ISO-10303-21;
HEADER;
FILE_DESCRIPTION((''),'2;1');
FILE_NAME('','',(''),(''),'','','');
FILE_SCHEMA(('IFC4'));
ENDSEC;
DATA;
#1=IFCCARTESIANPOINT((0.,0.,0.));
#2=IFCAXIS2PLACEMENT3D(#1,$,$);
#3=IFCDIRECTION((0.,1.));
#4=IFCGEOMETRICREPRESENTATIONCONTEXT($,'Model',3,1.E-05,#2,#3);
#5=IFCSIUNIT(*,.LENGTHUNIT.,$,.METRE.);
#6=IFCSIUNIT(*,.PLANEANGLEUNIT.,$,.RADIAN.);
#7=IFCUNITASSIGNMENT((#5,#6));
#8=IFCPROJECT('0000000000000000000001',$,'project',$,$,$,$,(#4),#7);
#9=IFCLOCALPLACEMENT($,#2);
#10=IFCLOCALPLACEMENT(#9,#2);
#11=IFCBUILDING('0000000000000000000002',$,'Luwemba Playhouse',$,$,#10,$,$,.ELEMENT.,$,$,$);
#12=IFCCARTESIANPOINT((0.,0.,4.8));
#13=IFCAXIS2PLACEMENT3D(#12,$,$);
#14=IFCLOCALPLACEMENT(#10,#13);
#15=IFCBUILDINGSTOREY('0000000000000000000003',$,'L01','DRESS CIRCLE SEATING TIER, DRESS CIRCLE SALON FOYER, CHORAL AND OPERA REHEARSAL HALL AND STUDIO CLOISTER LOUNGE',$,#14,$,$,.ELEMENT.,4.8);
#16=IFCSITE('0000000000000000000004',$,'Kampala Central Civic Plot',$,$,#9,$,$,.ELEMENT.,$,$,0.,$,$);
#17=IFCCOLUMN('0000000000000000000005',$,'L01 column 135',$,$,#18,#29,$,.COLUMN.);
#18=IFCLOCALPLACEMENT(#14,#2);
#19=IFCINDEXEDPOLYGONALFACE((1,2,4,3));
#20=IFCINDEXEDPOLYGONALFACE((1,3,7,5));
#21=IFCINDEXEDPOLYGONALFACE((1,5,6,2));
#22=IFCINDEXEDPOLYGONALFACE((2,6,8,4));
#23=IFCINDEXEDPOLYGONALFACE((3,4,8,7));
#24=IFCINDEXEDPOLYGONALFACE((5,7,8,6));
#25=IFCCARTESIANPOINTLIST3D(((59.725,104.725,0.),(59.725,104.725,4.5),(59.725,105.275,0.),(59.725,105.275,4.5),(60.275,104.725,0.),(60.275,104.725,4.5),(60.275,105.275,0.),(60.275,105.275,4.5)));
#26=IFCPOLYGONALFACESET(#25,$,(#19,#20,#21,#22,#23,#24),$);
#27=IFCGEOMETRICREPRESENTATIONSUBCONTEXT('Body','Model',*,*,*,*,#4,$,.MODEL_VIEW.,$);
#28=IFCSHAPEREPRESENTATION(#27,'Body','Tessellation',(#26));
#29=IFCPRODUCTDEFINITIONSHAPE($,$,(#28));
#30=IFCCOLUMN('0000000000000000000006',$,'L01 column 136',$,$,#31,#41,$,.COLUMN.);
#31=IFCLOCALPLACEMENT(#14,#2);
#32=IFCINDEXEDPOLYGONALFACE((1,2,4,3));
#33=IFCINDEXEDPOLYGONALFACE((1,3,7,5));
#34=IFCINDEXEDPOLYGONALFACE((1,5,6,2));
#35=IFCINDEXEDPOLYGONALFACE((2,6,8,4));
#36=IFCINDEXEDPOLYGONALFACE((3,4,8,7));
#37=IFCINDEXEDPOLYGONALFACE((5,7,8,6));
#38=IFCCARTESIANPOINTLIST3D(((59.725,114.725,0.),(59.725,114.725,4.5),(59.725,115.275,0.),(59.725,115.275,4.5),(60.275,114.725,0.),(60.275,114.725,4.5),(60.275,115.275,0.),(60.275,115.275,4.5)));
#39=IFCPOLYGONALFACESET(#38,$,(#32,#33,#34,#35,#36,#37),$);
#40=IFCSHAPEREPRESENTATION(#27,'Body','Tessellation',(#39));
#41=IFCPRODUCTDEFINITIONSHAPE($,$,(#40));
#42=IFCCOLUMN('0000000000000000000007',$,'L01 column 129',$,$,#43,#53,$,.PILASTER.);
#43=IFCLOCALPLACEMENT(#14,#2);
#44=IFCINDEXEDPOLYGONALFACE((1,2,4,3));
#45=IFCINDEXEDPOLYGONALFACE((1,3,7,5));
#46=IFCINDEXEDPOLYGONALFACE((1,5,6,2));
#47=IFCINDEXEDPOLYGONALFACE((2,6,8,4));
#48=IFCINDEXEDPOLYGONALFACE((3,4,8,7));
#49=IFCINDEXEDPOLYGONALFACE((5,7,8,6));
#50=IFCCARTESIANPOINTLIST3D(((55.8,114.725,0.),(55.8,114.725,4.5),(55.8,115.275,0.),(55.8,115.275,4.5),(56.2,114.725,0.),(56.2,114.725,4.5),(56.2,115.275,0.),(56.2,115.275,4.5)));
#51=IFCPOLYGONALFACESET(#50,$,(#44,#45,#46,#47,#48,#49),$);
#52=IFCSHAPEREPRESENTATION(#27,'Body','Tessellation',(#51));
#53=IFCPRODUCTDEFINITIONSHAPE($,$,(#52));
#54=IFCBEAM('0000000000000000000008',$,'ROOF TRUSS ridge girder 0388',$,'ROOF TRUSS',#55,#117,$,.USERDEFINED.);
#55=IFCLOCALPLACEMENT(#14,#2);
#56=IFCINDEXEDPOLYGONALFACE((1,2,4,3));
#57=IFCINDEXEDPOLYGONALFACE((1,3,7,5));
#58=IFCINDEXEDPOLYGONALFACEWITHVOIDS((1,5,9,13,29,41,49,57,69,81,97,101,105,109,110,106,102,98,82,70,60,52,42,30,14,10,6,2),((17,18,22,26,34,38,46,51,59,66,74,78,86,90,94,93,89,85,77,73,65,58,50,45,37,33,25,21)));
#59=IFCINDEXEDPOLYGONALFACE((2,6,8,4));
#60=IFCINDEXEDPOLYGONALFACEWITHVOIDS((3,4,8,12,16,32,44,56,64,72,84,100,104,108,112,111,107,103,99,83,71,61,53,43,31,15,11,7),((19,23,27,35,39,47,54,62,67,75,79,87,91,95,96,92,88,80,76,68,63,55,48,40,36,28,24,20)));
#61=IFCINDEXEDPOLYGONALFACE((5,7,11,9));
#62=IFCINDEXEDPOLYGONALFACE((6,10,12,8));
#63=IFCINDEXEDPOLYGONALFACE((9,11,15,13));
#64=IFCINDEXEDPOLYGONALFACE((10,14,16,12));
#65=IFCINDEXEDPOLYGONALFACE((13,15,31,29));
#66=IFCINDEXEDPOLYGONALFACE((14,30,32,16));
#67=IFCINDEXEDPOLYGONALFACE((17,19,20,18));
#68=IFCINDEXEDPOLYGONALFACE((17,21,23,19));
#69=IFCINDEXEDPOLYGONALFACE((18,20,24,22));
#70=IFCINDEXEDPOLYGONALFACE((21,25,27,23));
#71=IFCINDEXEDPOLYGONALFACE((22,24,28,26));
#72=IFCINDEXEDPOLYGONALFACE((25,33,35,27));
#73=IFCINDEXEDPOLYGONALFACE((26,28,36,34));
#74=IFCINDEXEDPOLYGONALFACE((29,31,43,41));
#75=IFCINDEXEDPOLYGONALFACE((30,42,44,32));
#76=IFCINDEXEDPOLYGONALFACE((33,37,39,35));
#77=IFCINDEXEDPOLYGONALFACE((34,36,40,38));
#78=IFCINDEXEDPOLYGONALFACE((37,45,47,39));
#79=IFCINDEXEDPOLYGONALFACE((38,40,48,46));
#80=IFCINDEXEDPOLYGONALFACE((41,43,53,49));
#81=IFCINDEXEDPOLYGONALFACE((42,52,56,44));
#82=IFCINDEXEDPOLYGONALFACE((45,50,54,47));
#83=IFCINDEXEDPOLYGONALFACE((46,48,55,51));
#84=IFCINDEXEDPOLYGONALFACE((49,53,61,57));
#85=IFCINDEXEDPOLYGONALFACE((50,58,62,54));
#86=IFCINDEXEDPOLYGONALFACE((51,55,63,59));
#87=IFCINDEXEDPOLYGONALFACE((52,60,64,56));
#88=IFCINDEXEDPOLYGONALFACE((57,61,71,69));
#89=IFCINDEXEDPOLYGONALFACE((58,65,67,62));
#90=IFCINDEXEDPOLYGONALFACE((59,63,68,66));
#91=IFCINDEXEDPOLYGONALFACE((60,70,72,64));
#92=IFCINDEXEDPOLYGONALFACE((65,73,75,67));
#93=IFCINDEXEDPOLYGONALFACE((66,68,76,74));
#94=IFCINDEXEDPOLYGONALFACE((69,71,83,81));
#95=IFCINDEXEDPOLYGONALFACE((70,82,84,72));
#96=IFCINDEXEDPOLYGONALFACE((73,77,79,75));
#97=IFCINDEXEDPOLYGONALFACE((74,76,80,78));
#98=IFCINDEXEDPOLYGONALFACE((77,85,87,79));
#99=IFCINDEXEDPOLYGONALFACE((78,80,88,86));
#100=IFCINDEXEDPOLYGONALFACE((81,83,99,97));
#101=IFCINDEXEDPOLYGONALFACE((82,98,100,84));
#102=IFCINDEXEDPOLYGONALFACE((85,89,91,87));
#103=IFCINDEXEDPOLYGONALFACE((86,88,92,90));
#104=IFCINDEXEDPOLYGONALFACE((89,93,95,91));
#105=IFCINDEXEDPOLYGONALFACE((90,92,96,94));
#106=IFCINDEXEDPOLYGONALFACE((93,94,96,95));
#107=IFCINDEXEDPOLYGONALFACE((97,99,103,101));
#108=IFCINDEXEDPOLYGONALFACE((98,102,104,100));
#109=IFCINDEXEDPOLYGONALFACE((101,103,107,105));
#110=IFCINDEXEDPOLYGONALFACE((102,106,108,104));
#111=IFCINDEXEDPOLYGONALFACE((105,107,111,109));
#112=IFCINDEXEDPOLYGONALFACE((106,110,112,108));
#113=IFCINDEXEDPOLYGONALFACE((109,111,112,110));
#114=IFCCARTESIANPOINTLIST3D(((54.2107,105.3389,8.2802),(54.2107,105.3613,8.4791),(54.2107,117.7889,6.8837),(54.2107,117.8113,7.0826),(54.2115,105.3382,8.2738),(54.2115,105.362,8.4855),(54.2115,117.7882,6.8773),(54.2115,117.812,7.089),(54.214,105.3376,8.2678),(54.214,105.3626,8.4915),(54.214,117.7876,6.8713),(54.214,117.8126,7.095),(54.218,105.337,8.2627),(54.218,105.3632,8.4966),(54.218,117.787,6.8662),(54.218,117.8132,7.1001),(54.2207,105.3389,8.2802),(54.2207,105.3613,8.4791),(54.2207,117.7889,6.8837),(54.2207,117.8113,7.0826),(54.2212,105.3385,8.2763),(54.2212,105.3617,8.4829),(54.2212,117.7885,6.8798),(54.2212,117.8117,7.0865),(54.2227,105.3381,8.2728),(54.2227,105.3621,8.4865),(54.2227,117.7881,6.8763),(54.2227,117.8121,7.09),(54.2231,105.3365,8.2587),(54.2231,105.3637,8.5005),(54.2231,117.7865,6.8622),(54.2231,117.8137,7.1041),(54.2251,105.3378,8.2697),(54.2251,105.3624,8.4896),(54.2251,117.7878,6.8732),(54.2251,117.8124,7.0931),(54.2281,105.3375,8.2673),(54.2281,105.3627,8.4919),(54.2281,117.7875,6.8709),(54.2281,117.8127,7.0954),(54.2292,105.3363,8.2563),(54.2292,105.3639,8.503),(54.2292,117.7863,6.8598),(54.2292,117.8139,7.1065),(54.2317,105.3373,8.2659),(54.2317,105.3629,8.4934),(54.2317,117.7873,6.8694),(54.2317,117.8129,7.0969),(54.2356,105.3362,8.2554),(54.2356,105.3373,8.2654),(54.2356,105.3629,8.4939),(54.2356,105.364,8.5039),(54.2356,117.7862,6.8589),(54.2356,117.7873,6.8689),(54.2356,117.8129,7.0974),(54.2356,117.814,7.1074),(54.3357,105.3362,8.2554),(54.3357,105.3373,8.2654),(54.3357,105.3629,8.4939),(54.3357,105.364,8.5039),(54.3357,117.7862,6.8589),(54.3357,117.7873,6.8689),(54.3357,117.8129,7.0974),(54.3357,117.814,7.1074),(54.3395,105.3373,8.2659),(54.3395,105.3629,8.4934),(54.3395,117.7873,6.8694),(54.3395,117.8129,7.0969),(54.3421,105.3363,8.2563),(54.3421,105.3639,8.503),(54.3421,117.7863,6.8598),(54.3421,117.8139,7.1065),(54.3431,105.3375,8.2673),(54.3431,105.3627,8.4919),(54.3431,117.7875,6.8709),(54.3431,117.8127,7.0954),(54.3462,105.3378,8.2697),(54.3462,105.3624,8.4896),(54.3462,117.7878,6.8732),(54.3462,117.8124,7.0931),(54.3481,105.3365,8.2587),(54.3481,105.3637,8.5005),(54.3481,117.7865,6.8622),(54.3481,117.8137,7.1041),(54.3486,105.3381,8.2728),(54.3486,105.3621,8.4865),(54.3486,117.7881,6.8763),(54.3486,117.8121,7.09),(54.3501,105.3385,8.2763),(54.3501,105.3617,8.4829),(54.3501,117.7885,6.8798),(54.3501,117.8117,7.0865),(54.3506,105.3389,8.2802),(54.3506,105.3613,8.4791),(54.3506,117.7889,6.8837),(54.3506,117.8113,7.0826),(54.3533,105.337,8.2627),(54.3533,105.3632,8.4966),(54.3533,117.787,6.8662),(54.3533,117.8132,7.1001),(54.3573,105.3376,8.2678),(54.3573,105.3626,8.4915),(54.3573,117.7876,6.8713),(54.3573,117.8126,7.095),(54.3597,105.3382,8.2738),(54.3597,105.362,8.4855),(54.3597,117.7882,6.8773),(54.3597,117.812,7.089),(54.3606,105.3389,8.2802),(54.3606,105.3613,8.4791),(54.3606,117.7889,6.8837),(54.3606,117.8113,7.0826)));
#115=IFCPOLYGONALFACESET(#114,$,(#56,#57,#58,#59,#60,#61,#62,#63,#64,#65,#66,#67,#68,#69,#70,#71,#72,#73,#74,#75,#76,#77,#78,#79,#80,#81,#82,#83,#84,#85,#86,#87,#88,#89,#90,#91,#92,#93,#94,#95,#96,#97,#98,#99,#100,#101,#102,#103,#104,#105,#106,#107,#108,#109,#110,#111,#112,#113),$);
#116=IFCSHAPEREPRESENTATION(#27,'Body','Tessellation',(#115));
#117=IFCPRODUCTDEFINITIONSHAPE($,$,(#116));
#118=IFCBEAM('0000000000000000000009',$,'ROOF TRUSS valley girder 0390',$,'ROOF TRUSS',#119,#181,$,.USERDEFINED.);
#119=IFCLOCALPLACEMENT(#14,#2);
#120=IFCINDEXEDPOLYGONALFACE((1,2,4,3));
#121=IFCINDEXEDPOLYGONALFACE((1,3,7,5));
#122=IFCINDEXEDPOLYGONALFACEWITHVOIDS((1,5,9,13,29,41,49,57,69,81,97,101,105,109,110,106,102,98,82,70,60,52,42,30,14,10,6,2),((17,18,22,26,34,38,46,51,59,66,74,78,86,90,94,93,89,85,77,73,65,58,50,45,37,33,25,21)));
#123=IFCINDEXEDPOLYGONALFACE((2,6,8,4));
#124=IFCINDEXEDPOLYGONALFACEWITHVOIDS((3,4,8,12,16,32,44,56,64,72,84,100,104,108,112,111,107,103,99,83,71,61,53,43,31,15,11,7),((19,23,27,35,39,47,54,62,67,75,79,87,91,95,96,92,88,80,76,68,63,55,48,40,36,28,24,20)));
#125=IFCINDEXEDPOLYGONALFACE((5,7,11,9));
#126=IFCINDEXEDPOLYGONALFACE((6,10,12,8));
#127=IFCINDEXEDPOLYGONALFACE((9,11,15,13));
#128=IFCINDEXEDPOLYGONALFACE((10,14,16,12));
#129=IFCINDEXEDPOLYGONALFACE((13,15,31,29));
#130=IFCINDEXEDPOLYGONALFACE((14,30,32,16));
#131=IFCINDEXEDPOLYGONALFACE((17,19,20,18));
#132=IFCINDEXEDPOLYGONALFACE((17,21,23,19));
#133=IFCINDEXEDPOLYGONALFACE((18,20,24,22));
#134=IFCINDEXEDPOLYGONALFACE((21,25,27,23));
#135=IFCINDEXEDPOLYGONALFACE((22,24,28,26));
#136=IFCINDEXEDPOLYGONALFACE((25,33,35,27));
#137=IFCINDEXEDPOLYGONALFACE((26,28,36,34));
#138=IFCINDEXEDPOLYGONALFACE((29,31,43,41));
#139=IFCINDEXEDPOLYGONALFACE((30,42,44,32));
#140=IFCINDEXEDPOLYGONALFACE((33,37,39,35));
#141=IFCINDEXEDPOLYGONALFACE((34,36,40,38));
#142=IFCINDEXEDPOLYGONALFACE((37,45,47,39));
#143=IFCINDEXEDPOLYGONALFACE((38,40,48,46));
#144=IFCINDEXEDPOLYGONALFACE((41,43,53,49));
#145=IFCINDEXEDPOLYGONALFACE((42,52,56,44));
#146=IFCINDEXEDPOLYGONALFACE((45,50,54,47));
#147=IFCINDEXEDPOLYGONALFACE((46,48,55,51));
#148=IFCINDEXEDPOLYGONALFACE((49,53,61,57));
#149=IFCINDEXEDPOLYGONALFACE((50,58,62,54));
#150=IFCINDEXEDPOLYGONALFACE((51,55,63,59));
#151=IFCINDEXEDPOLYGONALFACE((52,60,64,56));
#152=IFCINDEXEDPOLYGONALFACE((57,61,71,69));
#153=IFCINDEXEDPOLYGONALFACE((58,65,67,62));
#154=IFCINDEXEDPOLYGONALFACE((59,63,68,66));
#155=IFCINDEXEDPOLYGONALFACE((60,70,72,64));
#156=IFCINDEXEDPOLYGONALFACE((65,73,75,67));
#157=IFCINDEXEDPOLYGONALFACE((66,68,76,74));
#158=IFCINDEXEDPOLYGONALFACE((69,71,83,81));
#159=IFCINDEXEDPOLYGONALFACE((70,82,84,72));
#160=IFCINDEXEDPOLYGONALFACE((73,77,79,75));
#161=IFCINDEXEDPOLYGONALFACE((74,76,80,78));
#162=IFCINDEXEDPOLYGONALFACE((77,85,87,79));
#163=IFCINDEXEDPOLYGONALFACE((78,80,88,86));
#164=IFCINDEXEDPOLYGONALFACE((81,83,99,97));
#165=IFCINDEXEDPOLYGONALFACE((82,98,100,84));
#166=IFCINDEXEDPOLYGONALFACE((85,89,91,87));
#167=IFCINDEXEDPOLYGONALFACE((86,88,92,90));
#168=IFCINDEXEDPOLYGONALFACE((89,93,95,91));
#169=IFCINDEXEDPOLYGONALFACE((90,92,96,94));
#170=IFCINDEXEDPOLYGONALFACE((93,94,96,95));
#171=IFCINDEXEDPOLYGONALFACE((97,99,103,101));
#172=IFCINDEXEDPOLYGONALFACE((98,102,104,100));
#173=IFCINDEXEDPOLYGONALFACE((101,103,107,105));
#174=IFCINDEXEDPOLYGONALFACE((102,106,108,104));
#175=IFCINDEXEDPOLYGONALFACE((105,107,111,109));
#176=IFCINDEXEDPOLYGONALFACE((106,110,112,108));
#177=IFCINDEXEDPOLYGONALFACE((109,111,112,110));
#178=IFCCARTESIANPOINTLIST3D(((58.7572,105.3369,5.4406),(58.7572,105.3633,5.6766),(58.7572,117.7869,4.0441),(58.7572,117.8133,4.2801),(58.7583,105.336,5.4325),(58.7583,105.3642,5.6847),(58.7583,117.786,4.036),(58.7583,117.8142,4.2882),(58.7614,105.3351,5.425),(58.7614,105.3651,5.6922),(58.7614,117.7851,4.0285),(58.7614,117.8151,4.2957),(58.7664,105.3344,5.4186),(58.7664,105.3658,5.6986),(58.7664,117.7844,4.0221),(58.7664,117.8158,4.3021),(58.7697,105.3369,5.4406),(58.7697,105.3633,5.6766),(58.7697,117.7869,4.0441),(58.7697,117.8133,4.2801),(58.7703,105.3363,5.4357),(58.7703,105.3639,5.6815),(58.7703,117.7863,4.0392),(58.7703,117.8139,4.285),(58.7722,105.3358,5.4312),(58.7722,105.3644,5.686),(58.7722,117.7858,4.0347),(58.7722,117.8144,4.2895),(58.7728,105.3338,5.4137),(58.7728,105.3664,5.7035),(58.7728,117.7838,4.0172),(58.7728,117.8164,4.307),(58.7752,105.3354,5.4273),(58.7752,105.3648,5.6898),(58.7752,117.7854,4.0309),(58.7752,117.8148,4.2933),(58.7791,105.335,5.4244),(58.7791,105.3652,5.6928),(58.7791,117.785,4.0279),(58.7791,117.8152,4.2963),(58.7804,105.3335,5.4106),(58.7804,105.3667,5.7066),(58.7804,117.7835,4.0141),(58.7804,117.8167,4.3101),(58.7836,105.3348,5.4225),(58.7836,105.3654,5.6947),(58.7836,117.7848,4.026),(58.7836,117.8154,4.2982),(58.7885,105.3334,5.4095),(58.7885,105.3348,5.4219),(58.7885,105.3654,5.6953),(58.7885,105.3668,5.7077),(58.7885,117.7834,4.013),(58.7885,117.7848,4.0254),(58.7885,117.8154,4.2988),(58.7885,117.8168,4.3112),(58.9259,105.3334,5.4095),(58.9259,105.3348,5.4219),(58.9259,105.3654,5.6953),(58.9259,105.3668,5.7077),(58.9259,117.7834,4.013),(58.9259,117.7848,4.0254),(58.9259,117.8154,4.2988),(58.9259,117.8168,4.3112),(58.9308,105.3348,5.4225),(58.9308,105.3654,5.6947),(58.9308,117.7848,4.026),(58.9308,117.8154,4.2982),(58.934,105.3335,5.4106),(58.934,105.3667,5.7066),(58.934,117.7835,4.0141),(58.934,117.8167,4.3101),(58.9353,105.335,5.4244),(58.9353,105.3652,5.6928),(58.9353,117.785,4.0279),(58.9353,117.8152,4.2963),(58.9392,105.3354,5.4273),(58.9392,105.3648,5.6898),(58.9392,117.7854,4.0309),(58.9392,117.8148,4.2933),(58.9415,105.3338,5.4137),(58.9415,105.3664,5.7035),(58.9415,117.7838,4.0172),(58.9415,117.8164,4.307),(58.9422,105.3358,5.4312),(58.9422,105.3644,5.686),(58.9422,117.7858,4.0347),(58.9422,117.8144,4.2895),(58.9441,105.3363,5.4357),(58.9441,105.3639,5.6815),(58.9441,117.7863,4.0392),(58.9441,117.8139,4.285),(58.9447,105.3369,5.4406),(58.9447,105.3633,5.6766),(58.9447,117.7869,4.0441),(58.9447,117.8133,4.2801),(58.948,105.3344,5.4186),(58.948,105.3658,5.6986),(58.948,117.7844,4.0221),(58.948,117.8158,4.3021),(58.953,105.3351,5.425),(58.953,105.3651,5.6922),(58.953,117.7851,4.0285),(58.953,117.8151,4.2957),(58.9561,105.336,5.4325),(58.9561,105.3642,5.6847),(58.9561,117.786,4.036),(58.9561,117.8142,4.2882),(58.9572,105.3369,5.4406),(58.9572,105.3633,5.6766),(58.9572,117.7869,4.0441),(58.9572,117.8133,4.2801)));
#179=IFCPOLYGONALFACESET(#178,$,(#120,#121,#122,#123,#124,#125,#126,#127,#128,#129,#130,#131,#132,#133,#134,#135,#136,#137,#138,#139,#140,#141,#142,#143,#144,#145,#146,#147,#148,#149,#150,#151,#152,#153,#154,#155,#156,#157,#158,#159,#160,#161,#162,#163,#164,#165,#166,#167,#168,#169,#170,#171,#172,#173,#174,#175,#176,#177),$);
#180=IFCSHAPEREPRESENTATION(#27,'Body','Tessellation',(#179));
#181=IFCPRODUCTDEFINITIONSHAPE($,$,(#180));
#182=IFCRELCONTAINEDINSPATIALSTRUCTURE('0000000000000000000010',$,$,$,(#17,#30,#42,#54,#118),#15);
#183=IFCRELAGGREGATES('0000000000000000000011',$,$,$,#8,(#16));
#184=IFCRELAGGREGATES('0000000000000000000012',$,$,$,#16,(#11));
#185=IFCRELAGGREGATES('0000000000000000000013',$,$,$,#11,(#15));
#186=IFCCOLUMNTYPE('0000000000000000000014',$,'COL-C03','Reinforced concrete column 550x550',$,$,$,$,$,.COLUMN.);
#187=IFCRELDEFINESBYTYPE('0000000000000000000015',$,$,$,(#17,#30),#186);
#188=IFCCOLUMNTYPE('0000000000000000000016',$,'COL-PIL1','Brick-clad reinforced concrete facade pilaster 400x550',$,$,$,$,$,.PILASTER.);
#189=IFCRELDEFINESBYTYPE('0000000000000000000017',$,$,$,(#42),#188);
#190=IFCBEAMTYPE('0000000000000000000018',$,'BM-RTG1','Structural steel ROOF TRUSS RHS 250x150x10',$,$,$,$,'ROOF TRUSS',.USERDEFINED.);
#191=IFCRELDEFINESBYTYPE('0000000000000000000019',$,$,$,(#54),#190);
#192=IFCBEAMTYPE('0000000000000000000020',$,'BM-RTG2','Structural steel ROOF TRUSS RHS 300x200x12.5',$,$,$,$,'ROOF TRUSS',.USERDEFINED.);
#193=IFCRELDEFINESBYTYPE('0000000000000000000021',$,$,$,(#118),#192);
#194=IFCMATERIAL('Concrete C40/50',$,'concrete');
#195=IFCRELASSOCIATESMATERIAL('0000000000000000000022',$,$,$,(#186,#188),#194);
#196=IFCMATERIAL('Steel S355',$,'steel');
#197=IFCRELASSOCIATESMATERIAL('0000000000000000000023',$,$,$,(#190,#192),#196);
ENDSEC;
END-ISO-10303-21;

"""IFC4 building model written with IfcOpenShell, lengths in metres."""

from ifc_helpers import new_model, si_unit, direction, frame, origin, origin_2d, place, context, subcontext, project, spatial, rectangle, hollow_rectangle, extrude, material, material_profile, profile_set, type_object, element, save


model = new_model("IFC4")

# Units and contexts
model_context = context("Model", 3, precision=1e-05, world=origin(), true_north=direction((0.0, 1.0)))
body_context = subcontext(model_context, "Body", "Model", "MODEL_VIEW")
ifc_project = project(units=[si_unit("LENGTHUNIT", "METRE"), si_unit("PLANEANGLEUNIT", "RADIAN")], contexts=[model_context])

# Site, building, storey
site_placement = place(None, origin())
site = spatial("IfcSite", under=ifc_project, at=site_placement, Name="Kampala Central Civic Plot", CompositionType="ELEMENT", RefElevation=0.0)
building_placement = place(site_placement, origin())
building = spatial("IfcBuilding", under=site, at=building_placement, Name="Luwemba Playhouse", CompositionType="ELEMENT")
storey_placement = place(building_placement, frame((0.0, 0.0, 4.8)))
storey = spatial("IfcBuildingStorey", under=building, at=storey_placement, Name="L01", Description="DRESS CIRCLE SEATING TIER, DRESS CIRCLE SALON FOYER, CHORAL AND OPERA REHEARSAL HALL AND STUDIO CLOISTER LOUNGE", CompositionType="ELEMENT", Elevation=4.8)

# Columns
ifc_material_1 = material(Name="Concrete C40/50", Category="concrete")
ifc_material_profile_1 = material_profile(ifc_material_1, rectangle(XDim=0.55, YDim=0.55, at=origin_2d()))
ifc_profile_set_1 = profile_set([ifc_material_profile_1], Name="Concrete C40/50")
column_type_1 = type_object("IfcColumnType", Name="COL-C03", Description="Reinforced concrete column 550x550", PredefinedType="COLUMN", material=ifc_profile_set_1)
for number, where, z_axis, x_axis, name in (
    (1, (60.0, 105.0, 0.0), (0.0, 0.0, 1.0), (1.0, 0.0, 0.0), "L01 column 135"),
    (2, (60.0, 115.0, 0.0), (0.0, 0.0, 1.0), (1.0, 0.0, 0.0), "L01 column 136"),
):
    element("IfcColumn", number, at=place(storey_placement, frame(where, z_axis=z_axis, x_axis=x_axis)), inside=storey, type_object=column_type_1, Name=name, PredefinedType="COLUMN", context=body_context, shape_type="SweptSolid", body=[
        extrude(rectangle(XDim=0.55, YDim=0.55, at=origin_2d()), origin(), (0.0, 0.0, 1.0), 4.5),
    ])
ifc_material_profile_2 = material_profile(ifc_material_1, rectangle(XDim=0.3999, YDim=0.55, at=origin_2d()))
ifc_profile_set_2 = profile_set([ifc_material_profile_2], Name="Concrete C40/50")
column_type_2 = type_object("IfcColumnType", Name="COL-PIL1", Description="Brick-clad reinforced concrete facade pilaster 400x550", PredefinedType="PILASTER", material=ifc_profile_set_2)
column_placement = place(storey_placement, frame((56.0, 115.0, 0.0), z_axis=(0.0, 0.0, 1.0), x_axis=(1.0, 0.0, 0.0)))
element("IfcColumn", 3, at=column_placement, inside=storey, type_object=column_type_2, Name="L01 column 129", PredefinedType="PILASTER", context=body_context, shape_type="SweptSolid", body=[
    extrude(rectangle(XDim=0.3999, YDim=0.55, at=origin_2d()), origin(), (0.0, 0.0, 1.0), 4.5),
])

# Beams
ifc_material_2 = material(Name="Steel S355", Category="steel")
ifc_material_profile_3 = material_profile(ifc_material_2, hollow_rectangle(XDim=0.1499, YDim=0.25, WallThickness=0.01, InnerFilletRadius=0.0149, OuterFilletRadius=0.0249, at=origin_2d()))
ifc_profile_set_3 = profile_set([ifc_material_profile_3], Name="Steel S355")
beam_type_1 = type_object("IfcBeamType", Name="BM-RTG1", Description="Structural steel ROOF TRUSS RHS 250x150x10", ElementType="ROOF TRUSS", PredefinedType="USERDEFINED", material=ifc_profile_set_3)
beam_1_placement = place(storey_placement, frame((54.2856, 105.3501, 8.3796), z_axis=(0.0, 0.993768, -0.111469), x_axis=(-1.0, 0.0, 0.0)))
element("IfcBeam", 4, at=beam_1_placement, inside=storey, type_object=beam_type_1, Name="ROOF TRUSS ridge girder 0388", ObjectType="ROOF TRUSS", PredefinedType="USERDEFINED", context=body_context, shape_type="SweptSolid", body=[
    extrude(hollow_rectangle(XDim=0.1499, YDim=0.25, WallThickness=0.01, InnerFilletRadius=0.0149, OuterFilletRadius=0.0249, at=origin_2d()), origin(), (0.0, 0.0, 1.0), 12.5281),
])
ifc_material_profile_4 = material_profile(ifc_material_2, hollow_rectangle(XDim=0.2, YDim=0.3, WallThickness=0.0125, InnerFilletRadius=0.0188, OuterFilletRadius=0.0312, at=origin_2d()))
ifc_profile_set_4 = profile_set([ifc_material_profile_4], Name="Steel S355")
beam_type_2 = type_object("IfcBeamType", Name="BM-RTG2", Description="Structural steel ROOF TRUSS RHS 300x200x12.5", ElementType="ROOF TRUSS", PredefinedType="USERDEFINED", material=ifc_profile_set_4)
beam_2_placement = place(storey_placement, frame((58.8572, 105.3501, 5.5586), z_axis=(0.0, 0.993768, -0.111469), x_axis=(-1.0, 0.0, 0.0)))
element("IfcBeam", 5, at=beam_2_placement, inside=storey, type_object=beam_type_2, Name="ROOF TRUSS valley girder 0390", ObjectType="ROOF TRUSS", PredefinedType="USERDEFINED", context=body_context, shape_type="SweptSolid", body=[
    extrude(hollow_rectangle(XDim=0.2, YDim=0.3, WallThickness=0.0125, InnerFilletRadius=0.0188, OuterFilletRadius=0.0312, at=origin_2d()), origin(), (0.0, 0.0, 1.0), 12.5281),
])

save(model, "model.ifc")
